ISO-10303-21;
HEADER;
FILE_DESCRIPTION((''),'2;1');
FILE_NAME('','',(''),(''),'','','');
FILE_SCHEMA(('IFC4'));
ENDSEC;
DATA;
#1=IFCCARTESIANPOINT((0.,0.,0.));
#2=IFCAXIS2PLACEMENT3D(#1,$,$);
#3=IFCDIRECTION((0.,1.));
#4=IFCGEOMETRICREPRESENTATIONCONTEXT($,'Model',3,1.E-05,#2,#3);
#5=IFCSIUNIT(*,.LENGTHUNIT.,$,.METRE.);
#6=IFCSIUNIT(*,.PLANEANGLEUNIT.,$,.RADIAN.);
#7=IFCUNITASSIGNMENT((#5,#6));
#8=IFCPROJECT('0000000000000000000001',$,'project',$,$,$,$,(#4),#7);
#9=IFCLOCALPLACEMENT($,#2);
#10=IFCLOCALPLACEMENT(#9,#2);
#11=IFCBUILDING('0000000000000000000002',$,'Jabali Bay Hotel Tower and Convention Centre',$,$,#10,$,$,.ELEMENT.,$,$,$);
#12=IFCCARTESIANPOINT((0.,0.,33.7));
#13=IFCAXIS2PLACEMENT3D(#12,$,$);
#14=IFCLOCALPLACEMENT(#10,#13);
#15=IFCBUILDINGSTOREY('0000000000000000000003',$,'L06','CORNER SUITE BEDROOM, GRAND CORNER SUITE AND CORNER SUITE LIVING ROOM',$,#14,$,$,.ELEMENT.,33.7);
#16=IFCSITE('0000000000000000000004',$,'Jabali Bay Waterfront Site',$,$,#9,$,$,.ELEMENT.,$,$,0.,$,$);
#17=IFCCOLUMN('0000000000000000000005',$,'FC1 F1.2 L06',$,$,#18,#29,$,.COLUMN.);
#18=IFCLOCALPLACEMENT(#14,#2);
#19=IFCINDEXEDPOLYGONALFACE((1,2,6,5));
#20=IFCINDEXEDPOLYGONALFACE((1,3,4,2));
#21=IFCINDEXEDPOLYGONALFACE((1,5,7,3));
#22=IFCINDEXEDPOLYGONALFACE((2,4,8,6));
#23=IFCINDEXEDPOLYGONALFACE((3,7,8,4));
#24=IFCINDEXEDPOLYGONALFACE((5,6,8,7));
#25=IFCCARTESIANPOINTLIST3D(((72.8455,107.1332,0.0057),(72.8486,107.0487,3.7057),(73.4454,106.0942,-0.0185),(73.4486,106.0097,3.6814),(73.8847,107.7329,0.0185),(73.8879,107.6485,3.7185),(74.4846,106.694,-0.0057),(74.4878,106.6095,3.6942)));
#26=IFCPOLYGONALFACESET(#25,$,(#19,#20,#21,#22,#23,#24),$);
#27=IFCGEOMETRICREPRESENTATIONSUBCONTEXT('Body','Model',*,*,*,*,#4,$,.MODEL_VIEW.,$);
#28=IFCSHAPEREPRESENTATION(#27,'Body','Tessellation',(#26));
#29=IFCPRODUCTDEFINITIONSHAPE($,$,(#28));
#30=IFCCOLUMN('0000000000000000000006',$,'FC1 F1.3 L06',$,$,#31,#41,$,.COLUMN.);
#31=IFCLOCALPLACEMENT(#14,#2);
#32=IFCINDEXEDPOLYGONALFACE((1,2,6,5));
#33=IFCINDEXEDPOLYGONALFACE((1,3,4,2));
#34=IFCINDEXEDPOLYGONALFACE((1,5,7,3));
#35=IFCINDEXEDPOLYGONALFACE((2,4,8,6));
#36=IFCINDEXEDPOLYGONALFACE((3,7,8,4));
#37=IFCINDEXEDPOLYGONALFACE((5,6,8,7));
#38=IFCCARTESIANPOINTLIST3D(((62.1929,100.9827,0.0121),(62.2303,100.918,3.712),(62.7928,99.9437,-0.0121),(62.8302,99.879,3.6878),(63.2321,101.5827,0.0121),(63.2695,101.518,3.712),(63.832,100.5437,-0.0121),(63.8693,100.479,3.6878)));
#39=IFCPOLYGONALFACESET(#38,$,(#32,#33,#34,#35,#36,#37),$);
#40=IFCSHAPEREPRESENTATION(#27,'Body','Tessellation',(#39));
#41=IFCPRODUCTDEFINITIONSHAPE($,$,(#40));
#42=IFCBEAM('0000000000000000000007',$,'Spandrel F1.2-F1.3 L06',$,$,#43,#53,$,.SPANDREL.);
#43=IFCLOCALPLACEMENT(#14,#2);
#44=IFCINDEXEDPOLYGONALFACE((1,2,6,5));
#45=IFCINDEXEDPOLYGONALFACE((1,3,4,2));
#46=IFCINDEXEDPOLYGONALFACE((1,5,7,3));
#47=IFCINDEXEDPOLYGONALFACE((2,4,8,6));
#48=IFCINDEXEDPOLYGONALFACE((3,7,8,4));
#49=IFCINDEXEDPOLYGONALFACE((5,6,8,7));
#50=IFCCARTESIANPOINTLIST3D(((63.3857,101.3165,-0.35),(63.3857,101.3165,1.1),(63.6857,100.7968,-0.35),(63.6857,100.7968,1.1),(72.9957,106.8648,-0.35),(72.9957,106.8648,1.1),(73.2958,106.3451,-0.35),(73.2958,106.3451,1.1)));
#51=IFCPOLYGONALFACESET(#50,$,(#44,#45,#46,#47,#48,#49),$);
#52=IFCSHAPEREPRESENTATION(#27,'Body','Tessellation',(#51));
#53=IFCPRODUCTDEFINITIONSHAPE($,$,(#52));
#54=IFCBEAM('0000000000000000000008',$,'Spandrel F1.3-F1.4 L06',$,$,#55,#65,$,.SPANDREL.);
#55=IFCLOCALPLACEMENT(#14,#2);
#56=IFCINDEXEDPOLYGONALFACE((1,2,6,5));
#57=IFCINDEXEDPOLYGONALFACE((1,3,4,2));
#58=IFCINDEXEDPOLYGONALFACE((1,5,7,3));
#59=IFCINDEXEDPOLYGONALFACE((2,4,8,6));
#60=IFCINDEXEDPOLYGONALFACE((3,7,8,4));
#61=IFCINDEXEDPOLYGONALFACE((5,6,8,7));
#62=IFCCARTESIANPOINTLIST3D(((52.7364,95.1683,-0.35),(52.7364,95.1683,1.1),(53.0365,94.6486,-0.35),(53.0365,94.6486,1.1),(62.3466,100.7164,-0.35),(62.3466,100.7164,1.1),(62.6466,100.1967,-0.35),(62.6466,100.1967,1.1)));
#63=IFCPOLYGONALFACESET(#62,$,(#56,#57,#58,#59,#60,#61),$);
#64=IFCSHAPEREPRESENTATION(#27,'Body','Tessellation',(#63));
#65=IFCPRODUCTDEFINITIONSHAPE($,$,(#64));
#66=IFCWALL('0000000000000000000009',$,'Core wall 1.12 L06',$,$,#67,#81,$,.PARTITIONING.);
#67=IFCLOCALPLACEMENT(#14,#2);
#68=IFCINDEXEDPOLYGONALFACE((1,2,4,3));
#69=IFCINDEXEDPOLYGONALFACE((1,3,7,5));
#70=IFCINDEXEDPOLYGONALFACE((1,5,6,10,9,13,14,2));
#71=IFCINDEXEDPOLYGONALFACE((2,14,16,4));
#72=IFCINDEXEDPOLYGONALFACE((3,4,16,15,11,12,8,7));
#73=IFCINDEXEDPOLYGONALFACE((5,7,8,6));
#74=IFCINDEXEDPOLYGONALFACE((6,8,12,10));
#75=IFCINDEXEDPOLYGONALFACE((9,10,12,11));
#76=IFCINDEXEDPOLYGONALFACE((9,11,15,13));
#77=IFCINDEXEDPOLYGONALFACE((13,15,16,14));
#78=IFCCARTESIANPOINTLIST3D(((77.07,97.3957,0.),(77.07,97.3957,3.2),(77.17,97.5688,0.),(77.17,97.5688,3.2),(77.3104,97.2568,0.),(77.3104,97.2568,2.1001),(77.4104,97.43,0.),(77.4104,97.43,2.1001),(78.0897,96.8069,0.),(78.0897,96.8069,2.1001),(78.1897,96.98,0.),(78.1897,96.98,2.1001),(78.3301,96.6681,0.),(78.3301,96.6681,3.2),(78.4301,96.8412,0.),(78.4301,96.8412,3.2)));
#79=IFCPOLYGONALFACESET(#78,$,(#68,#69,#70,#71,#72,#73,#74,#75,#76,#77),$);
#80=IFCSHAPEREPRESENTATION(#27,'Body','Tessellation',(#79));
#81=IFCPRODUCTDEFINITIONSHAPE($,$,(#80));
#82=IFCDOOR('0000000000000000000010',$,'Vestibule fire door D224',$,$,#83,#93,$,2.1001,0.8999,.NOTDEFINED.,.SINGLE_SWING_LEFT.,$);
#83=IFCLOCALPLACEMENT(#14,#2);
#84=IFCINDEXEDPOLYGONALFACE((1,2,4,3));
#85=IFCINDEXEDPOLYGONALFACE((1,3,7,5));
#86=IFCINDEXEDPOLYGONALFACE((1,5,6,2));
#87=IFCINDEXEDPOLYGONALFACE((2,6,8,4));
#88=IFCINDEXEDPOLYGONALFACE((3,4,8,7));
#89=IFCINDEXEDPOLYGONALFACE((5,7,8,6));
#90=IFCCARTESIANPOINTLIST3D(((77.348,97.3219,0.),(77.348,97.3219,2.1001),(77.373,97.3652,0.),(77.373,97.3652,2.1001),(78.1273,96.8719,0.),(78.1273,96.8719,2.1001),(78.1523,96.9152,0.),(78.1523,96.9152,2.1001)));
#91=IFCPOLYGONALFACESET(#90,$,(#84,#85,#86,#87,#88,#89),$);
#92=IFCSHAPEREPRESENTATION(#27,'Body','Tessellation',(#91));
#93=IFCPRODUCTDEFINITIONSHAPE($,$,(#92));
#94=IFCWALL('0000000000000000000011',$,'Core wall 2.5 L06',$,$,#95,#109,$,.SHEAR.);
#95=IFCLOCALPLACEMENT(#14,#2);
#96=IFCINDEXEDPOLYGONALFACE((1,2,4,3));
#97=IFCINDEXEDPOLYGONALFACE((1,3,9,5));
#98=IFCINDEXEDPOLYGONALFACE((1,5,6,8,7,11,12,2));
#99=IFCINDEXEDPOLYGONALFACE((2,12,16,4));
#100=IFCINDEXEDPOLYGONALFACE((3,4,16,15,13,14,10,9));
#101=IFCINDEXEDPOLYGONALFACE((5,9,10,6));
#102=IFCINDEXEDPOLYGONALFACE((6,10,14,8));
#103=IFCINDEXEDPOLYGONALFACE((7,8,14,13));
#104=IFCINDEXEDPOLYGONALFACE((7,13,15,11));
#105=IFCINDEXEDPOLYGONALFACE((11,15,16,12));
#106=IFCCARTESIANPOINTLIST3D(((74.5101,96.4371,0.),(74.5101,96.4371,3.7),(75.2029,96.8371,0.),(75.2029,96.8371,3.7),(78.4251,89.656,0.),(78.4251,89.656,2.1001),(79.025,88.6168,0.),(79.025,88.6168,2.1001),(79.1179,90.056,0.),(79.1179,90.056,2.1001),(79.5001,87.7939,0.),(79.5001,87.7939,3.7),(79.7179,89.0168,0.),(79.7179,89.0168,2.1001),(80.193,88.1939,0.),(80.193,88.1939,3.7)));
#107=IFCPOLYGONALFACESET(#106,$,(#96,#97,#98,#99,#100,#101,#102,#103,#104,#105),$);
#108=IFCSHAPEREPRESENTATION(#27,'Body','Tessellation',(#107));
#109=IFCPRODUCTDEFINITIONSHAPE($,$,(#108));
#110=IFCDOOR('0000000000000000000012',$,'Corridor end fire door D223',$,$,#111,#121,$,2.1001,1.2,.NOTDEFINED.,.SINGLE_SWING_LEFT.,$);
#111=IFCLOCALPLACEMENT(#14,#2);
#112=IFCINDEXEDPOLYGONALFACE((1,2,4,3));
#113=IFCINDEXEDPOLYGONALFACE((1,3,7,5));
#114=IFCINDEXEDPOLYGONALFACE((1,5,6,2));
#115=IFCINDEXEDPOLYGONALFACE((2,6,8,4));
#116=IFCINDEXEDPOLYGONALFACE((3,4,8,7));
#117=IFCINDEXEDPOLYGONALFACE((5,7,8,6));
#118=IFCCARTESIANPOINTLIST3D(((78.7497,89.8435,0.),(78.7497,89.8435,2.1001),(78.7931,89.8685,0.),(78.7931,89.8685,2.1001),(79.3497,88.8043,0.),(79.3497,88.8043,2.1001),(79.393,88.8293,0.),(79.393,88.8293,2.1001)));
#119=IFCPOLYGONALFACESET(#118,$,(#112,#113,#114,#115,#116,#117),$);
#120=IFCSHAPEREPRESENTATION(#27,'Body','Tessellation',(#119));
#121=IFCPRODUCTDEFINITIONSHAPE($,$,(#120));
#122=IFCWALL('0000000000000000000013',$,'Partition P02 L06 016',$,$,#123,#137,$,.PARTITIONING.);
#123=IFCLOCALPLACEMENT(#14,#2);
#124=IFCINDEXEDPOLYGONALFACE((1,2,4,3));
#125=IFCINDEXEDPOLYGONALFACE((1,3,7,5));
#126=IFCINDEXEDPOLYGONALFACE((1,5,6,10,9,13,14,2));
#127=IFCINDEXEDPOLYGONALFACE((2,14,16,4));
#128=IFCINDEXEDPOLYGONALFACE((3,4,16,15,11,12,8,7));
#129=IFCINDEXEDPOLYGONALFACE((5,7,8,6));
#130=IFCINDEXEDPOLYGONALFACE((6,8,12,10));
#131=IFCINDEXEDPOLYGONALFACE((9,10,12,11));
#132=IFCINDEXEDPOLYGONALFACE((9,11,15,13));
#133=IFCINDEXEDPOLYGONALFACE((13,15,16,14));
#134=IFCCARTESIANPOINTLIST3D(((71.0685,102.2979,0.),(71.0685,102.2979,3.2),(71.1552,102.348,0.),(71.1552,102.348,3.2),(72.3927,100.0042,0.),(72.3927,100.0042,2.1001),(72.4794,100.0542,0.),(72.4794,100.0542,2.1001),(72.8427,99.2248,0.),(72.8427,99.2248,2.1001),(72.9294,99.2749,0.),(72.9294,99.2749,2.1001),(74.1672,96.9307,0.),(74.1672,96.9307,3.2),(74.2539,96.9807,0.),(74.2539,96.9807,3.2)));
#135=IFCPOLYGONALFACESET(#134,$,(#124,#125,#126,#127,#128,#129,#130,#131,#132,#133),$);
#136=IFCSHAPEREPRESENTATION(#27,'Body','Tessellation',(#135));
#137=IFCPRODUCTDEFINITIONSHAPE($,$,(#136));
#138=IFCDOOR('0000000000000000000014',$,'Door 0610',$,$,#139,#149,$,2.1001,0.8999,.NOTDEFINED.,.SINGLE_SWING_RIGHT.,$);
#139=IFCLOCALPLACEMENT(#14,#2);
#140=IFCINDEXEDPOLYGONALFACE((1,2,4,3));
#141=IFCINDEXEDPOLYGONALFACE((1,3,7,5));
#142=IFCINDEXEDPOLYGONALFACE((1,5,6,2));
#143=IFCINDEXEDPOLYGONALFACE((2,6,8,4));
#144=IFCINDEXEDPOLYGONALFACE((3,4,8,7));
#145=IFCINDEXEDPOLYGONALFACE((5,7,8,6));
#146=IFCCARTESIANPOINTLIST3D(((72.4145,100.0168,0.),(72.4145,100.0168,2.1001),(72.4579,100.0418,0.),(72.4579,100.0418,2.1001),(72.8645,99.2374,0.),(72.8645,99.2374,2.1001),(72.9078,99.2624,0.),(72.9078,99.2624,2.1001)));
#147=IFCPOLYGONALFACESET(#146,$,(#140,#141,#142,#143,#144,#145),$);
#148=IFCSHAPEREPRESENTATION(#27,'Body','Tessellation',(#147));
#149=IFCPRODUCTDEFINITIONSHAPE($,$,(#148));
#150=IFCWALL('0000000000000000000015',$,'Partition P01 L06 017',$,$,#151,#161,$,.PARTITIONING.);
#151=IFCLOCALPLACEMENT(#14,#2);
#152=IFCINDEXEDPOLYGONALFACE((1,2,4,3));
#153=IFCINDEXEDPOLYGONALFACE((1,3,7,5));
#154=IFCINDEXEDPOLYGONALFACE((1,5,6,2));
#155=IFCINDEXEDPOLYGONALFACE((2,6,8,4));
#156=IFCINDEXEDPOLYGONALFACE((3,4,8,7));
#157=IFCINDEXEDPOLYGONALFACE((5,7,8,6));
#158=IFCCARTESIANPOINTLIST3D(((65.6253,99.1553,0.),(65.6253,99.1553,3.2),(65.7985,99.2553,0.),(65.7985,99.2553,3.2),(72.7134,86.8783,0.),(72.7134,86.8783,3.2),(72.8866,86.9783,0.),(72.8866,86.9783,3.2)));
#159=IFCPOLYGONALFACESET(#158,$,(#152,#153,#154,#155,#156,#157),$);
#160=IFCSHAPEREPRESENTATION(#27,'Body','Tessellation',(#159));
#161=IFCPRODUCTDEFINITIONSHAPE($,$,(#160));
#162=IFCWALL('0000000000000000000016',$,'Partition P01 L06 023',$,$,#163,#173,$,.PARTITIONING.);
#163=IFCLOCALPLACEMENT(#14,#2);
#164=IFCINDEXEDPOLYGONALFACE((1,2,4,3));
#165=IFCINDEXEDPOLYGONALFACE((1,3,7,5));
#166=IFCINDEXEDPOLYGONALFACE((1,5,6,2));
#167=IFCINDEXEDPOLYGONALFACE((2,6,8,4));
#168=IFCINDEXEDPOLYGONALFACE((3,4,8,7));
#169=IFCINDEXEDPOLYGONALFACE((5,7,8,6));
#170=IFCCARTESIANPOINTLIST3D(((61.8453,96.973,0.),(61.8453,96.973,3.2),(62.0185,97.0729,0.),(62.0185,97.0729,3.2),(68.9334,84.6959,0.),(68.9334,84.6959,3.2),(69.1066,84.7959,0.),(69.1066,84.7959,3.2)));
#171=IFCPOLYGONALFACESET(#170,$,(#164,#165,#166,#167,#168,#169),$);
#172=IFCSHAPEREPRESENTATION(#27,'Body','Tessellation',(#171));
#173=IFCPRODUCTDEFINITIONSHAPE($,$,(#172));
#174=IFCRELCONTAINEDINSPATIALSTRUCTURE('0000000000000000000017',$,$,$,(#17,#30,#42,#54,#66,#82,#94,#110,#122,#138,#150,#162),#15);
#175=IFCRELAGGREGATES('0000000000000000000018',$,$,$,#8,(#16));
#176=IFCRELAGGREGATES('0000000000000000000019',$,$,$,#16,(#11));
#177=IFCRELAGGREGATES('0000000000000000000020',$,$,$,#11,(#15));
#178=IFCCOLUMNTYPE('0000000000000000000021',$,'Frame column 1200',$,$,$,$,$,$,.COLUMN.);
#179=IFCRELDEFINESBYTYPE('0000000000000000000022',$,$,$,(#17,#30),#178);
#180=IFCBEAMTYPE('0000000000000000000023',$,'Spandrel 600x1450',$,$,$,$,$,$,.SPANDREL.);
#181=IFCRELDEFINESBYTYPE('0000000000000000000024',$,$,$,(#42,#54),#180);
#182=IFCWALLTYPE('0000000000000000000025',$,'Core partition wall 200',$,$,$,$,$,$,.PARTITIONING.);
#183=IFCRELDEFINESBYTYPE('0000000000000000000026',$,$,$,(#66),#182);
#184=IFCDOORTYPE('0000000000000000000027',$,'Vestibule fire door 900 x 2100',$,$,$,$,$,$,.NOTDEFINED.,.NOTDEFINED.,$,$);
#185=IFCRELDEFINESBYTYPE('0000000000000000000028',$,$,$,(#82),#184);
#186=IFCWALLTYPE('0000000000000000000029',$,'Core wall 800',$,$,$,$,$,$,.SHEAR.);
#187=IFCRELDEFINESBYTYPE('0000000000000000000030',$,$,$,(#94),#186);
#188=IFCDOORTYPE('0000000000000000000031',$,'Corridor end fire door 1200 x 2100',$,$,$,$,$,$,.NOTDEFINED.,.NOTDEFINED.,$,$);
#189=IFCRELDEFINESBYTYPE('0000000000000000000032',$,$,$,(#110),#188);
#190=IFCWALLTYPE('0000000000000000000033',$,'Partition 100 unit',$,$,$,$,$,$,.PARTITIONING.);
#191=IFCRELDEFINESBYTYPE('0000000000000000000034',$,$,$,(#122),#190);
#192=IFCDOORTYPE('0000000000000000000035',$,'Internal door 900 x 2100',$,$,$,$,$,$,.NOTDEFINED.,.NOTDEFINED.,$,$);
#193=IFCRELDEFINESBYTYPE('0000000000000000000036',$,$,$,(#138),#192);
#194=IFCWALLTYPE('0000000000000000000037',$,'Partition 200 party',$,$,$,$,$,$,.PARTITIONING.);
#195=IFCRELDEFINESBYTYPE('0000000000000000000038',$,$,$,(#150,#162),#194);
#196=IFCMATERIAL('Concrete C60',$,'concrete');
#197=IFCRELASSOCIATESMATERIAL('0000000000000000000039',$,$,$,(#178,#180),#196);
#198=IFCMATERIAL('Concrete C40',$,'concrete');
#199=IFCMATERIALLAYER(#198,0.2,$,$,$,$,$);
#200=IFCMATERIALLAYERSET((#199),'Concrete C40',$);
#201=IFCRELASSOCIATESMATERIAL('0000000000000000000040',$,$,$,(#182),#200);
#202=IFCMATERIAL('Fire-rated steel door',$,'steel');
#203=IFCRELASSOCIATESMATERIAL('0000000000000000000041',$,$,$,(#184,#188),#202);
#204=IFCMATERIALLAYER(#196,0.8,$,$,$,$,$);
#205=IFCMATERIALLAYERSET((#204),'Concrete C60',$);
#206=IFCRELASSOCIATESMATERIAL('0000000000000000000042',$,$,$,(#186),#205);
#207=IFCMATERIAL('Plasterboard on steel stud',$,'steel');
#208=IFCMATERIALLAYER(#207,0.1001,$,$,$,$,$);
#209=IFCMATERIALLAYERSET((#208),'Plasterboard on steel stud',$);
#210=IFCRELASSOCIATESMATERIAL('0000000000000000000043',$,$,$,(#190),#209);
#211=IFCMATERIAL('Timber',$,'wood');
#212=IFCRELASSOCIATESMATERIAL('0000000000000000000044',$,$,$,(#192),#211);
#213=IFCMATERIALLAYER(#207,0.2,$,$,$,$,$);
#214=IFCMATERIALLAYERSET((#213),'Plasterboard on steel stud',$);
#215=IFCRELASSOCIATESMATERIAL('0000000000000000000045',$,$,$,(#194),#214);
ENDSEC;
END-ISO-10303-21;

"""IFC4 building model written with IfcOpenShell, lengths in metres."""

from ifc_helpers import new_model, si_unit, direction, frame, frame_2d, origin, origin_2d, place, context, subcontext, project, spatial, rectangle, extrude, material, layer, layer_set, material_profile, profile_set, type_object, element, fill, save


model = new_model("IFC4")

# Units and contexts
model_context = context("Model", 3, precision=1e-05, world=origin(), true_north=direction((0.0, 1.0)))
body_context = subcontext(model_context, "Body", "Model", "MODEL_VIEW")
ifc_project = project(units=[si_unit("LENGTHUNIT", "METRE"), si_unit("PLANEANGLEUNIT", "RADIAN")], contexts=[model_context])

# Site, building, storey
site_placement = place(None, origin())
site = spatial("IfcSite", under=ifc_project, at=site_placement, Name="Jabali Bay Waterfront Site", CompositionType="ELEMENT", RefElevation=0.0)
building_placement = place(site_placement, origin())
building = spatial("IfcBuilding", under=site, at=building_placement, Name="Jabali Bay Hotel Tower and Convention Centre", CompositionType="ELEMENT")
storey_placement = place(building_placement, frame((0.0, 0.0, 33.7)))
storey = spatial("IfcBuildingStorey", under=building, at=storey_placement, Name="L06", Description="CORNER SUITE BEDROOM, GRAND CORNER SUITE AND CORNER SUITE LIVING ROOM", CompositionType="ELEMENT", Elevation=33.7)

# Columns
ifc_material_1 = material(Name="Concrete C60", Category="concrete")
ifc_material_profile_1 = material_profile(ifc_material_1, rectangle(XDim=1.2, YDim=1.2, at=origin_2d()), Name="Frame column 1200")
ifc_profile_set_1 = profile_set([ifc_material_profile_1], Name="Concrete C60")
column_type = type_object("IfcColumnType", Name="Frame column 1200", PredefinedType="COLUMN", material=ifc_profile_set_1)
column_1_placement = place(storey_placement, frame((73.665, 106.9136, 0.0), z_axis=(0.000858, -0.022825, 0.999739), x_axis=(0.866054, 0.499836, 0.010669)))
element("IfcColumn", 1, at=column_1_placement, inside=storey, type_object=column_type, Name="FC1 F1.2 L06", PredefinedType="COLUMN", context=body_context, shape_type="SweptSolid", body=[
    extrude(rectangle(XDim=1.2, YDim=1.2, at=origin_2d()), origin(), (0.0, 0.0, 1.0), 3.7009),
])
column_2_placement = place(storey_placement, frame((63.0125, 100.7632, 0.0), z_axis=(0.010094, -0.017482, 0.999796), x_axis=(0.866017, 0.500015, 0.0)))
element("IfcColumn", 2, at=column_2_placement, inside=storey, type_object=column_type, Name="FC1 F1.3 L06", PredefinedType="COLUMN", context=body_context, shape_type="SweptSolid", body=[
    extrude(rectangle(XDim=1.2, YDim=1.2, at=origin_2d()), origin(), (0.0, 0.0, 1.0), 3.7007),
])

# Beams
ifc_material_profile_2 = material_profile(ifc_material_1, rectangle(XDim=0.6001, YDim=1.45, at=origin_2d()), Name="Spandrel 600x1450")
ifc_profile_set_2 = profile_set([ifc_material_profile_2], Name="Concrete C60")
beam_type = type_object("IfcBeamType", Name="Spandrel 600x1450", PredefinedType="SPANDREL", material=ifc_profile_set_2)
for number, where, z_axis, x_axis, name in (
    (3, (73.1458, 106.605, 0.375), (-0.866028, -0.499996, 0.0), (0.499996, -0.866028, 0.0), "Spandrel F1.2-F1.3 L06"),
    (4, (62.4966, 100.4565, 0.375), (-0.866037, -0.49998, 0.0), (0.49998, -0.866037, 0.0), "Spandrel F1.3-F1.4 L06"),
):
    element("IfcBeam", number, at=place(storey_placement, frame(where, z_axis=z_axis, x_axis=x_axis)), inside=storey, type_object=beam_type, Name=name, PredefinedType="SPANDREL", context=body_context, shape_type="SweptSolid", body=[
        extrude(rectangle(XDim=0.6001, YDim=1.45, at=origin_2d()), origin(), (0.0, 0.0, 1.0), 11.0967),
    ])

# Walls, openings, doors
ifc_material_2 = material(Name="Concrete C40", Category="concrete")
ifc_layer_1 = layer(ifc_material_2, 0.2)
ifc_layer_set_1 = layer_set([ifc_layer_1], Name="Concrete C40")
wall_type_1 = type_object("IfcWallType", Name="Core partition wall 200", PredefinedType="PARTITIONING", material=ifc_layer_set_1)
wall_1_placement = place(storey_placement, frame((78.3801, 96.7546, 0.0), z_axis=(0.0, 0.0, 1.0), x_axis=(-0.866004, 0.500037, 0.0)))
wall_1 = element("IfcWall", 5, at=wall_1_placement, inside=storey, type_object=wall_type_1, Name="Core wall 1.12 L06", PredefinedType="PARTITIONING", context=body_context, shape_type="SweptSolid", body=[
    extrude(rectangle(XDim=1.4551, YDim=0.2, at=frame_2d((0.7275, 0.0))), origin(), (0.0, 0.0, 1.0), 3.2),
])
opening_1_placement = place(wall_1_placement, frame((0.2776, 0.0, 0.0)))
opening_1 = element("IfcOpeningElement", 6, at=opening_1_placement, cuts=wall_1, PredefinedType="OPENING", context=body_context, shape_type="SweptSolid", body=[
    extrude(rectangle(XDim=0.8999, YDim=2.1001, at=frame_2d((0.45, 1.05))), frame((0.0, 0.1104, 0.0), z_axis=(0.0, -1.0, 0.0), x_axis=(1.0, 0.0, 0.0)), (0.0, 0.0, 1.0), 0.2209),
])
ifc_material_3 = material(Name="Fire-rated steel door", Category="steel")
door_type_1 = type_object("IfcDoorType", Name="Vestibule fire door 900 x 2100", OperationType="NOTDEFINED", PredefinedType="NOTDEFINED", material=ifc_material_3)
door_1_placement = place(opening_1_placement, origin())
door_1 = element("IfcDoor", 7, at=door_1_placement, inside=storey, type_object=door_type_1, Name="Vestibule fire door D224", OperationType="SINGLE_SWING_LEFT", OverallHeight=2.1001, OverallWidth=0.8999, PredefinedType="NOTDEFINED", context=body_context, shape_type="SweptSolid", body=[
    extrude(rectangle(XDim=0.8999, YDim=2.1001, at=frame_2d((0.45, 1.05))), frame((0.0, 0.0249, 0.0), z_axis=(0.0, -1.0, 0.0), x_axis=(1.0, 0.0, 0.0)), (0.0, 0.0, 1.0), 0.05),
])
fill(opening_1, door_1)
ifc_layer_2 = layer(ifc_material_1, 0.8)
ifc_layer_set_2 = layer_set([ifc_layer_2], Name="Concrete C60")
wall_type_2 = type_object("IfcWallType", Name="Core wall 800", PredefinedType="SHEAR", material=ifc_layer_set_2)
wall_2_placement = place(storey_placement, frame((74.8564, 96.6372, 0.0), z_axis=(0.0, 0.0, 1.0), x_axis=(0.499994, -0.866029, 0.0)))
wall_2 = element("IfcWall", 8, at=wall_2_placement, inside=storey, type_object=wall_type_2, Name="Core wall 2.5 L06", PredefinedType="SHEAR", context=body_context, shape_type="SweptSolid", body=[
    extrude(rectangle(XDim=9.9802, YDim=0.8, at=frame_2d((4.9902, 0.0))), origin(), (0.0, 0.0, 1.0), 3.7),
])
opening_2_placement = place(wall_2_placement, frame((7.8301, 0.0, 0.0)))
opening_2 = element("IfcOpeningElement", 9, at=opening_2_placement, cuts=wall_2, PredefinedType="OPENING", context=body_context, shape_type="SweptSolid", body=[
    extrude(rectangle(XDim=1.2, YDim=2.1001, at=frame_2d((0.6001, 1.05))), frame((0.0, 0.4106, 0.0), z_axis=(0.0, -1.0, 0.0), x_axis=(1.0, 0.0, 0.0)), (0.0, 0.0, 1.0), 0.821),
])
door_type_2 = type_object("IfcDoorType", Name="Corridor end fire door 1200 x 2100", OperationType="NOTDEFINED", PredefinedType="NOTDEFINED", material=ifc_material_3)
door_2_placement = place(opening_2_placement, origin())
door_2 = element("IfcDoor", 10, at=door_2_placement, inside=storey, type_object=door_type_2, Name="Corridor end fire door D223", OperationType="SINGLE_SWING_LEFT", OverallHeight=2.1001, OverallWidth=1.2, PredefinedType="NOTDEFINED", context=body_context, shape_type="SweptSolid", body=[
    extrude(rectangle(XDim=1.2, YDim=2.1001, at=frame_2d((0.6001, 1.05))), frame((0.0, 0.0249, 0.0), z_axis=(0.0, -1.0, 0.0), x_axis=(1.0, 0.0, 0.0)), (0.0, 0.0, 1.0), 0.05),
])
fill(opening_2, door_2)
ifc_material_4 = material(Name="Plasterboard on steel stud", Category="steel")
ifc_layer_3 = layer(ifc_material_4, 0.1001)
ifc_layer_set_3 = layer_set([ifc_layer_3], Name="Plasterboard on steel stud")
wall_type_3 = type_object("IfcWallType", Name="Partition 100 unit", PredefinedType="PARTITIONING", material=ifc_layer_set_3)
wall_3_placement = place(storey_placement, frame((74.2104, 96.9558, 0.0), z_axis=(0.0, 0.0, 1.0), x_axis=(-0.499986, 0.866033, 0.0)))
wall_3 = element("IfcWall", 11, at=wall_3_placement, inside=storey, type_object=wall_type_3, Name="Partition P02 L06 016", PredefinedType="PARTITIONING", context=body_context, shape_type="SweptSolid", body=[
    extrude(rectangle(XDim=6.1975, YDim=0.1001, at=frame_2d((3.0986, 0.0))), origin(), (0.0, 0.0, 1.0), 3.2),
])
opening_3_placement = place(wall_3_placement, frame((2.6489, 0.0, 0.0)))
opening_3 = element("IfcOpeningElement", 12, at=opening_3_placement, cuts=wall_3, PredefinedType="OPENING", context=body_context, shape_type="SweptSolid", body=[
    extrude(rectangle(XDim=0.8999, YDim=2.1001, at=frame_2d((0.45, 1.05))), frame((0.0, 0.0605, 0.0), z_axis=(0.0, -1.0, 0.0), x_axis=(1.0, 0.0, 0.0)), (0.0, 0.0, 1.0), 0.1211),
])
ifc_material_5 = material(Name="Timber", Category="wood")
door_type_3 = type_object("IfcDoorType", Name="Internal door 900 x 2100", OperationType="NOTDEFINED", PredefinedType="NOTDEFINED", material=ifc_material_5)
door_3_placement = place(opening_3_placement, origin())
door_3 = element("IfcDoor", 13, at=door_3_placement, inside=storey, type_object=door_type_3, Name="Door 0610", OperationType="SINGLE_SWING_RIGHT", OverallHeight=2.1001, OverallWidth=0.8999, PredefinedType="NOTDEFINED", context=body_context, shape_type="SweptSolid", body=[
    extrude(rectangle(XDim=0.8999, YDim=2.1001, at=frame_2d((0.45, 1.05))), frame((0.0, 0.0249, 0.0), z_axis=(0.0, -1.0, 0.0), x_axis=(1.0, 0.0, 0.0)), (0.0, 0.0, 1.0), 0.05),
])
fill(opening_3, door_3)

# Walls
ifc_layer_4 = layer(ifc_material_4, 0.2)
ifc_layer_set_4 = layer_set([ifc_layer_4], Name="Plasterboard on steel stud")
wall_type_4 = type_object("IfcWallType", Name="Partition 200 party", PredefinedType="PARTITIONING", material=ifc_layer_set_4)
for number, where, z_axis, x_axis, name in (
    (14, (65.7119, 99.2053, 0.0), (0.0, 0.0, 1.0), (0.499997, -0.866027, 0.0), "Partition P01 L06 017"),
    (15, (61.9319, 97.0229, 0.0), (0.0, 0.0, 1.0), (0.499997, -0.866027, 0.0), "Partition P01 L06 023"),
):
    element("IfcWall", number, at=place(storey_placement, frame(where, z_axis=z_axis, x_axis=x_axis)), inside=storey, type_object=wall_type_4, Name=name, PredefinedType="PARTITIONING", context=body_context, shape_type="SweptSolid", body=[
        extrude(rectangle(XDim=14.1763, YDim=0.2, at=frame_2d((7.0881, 0.0))), origin(), (0.0, 0.0, 1.0), 3.2),
    ])

save(model, "model.ifc")
